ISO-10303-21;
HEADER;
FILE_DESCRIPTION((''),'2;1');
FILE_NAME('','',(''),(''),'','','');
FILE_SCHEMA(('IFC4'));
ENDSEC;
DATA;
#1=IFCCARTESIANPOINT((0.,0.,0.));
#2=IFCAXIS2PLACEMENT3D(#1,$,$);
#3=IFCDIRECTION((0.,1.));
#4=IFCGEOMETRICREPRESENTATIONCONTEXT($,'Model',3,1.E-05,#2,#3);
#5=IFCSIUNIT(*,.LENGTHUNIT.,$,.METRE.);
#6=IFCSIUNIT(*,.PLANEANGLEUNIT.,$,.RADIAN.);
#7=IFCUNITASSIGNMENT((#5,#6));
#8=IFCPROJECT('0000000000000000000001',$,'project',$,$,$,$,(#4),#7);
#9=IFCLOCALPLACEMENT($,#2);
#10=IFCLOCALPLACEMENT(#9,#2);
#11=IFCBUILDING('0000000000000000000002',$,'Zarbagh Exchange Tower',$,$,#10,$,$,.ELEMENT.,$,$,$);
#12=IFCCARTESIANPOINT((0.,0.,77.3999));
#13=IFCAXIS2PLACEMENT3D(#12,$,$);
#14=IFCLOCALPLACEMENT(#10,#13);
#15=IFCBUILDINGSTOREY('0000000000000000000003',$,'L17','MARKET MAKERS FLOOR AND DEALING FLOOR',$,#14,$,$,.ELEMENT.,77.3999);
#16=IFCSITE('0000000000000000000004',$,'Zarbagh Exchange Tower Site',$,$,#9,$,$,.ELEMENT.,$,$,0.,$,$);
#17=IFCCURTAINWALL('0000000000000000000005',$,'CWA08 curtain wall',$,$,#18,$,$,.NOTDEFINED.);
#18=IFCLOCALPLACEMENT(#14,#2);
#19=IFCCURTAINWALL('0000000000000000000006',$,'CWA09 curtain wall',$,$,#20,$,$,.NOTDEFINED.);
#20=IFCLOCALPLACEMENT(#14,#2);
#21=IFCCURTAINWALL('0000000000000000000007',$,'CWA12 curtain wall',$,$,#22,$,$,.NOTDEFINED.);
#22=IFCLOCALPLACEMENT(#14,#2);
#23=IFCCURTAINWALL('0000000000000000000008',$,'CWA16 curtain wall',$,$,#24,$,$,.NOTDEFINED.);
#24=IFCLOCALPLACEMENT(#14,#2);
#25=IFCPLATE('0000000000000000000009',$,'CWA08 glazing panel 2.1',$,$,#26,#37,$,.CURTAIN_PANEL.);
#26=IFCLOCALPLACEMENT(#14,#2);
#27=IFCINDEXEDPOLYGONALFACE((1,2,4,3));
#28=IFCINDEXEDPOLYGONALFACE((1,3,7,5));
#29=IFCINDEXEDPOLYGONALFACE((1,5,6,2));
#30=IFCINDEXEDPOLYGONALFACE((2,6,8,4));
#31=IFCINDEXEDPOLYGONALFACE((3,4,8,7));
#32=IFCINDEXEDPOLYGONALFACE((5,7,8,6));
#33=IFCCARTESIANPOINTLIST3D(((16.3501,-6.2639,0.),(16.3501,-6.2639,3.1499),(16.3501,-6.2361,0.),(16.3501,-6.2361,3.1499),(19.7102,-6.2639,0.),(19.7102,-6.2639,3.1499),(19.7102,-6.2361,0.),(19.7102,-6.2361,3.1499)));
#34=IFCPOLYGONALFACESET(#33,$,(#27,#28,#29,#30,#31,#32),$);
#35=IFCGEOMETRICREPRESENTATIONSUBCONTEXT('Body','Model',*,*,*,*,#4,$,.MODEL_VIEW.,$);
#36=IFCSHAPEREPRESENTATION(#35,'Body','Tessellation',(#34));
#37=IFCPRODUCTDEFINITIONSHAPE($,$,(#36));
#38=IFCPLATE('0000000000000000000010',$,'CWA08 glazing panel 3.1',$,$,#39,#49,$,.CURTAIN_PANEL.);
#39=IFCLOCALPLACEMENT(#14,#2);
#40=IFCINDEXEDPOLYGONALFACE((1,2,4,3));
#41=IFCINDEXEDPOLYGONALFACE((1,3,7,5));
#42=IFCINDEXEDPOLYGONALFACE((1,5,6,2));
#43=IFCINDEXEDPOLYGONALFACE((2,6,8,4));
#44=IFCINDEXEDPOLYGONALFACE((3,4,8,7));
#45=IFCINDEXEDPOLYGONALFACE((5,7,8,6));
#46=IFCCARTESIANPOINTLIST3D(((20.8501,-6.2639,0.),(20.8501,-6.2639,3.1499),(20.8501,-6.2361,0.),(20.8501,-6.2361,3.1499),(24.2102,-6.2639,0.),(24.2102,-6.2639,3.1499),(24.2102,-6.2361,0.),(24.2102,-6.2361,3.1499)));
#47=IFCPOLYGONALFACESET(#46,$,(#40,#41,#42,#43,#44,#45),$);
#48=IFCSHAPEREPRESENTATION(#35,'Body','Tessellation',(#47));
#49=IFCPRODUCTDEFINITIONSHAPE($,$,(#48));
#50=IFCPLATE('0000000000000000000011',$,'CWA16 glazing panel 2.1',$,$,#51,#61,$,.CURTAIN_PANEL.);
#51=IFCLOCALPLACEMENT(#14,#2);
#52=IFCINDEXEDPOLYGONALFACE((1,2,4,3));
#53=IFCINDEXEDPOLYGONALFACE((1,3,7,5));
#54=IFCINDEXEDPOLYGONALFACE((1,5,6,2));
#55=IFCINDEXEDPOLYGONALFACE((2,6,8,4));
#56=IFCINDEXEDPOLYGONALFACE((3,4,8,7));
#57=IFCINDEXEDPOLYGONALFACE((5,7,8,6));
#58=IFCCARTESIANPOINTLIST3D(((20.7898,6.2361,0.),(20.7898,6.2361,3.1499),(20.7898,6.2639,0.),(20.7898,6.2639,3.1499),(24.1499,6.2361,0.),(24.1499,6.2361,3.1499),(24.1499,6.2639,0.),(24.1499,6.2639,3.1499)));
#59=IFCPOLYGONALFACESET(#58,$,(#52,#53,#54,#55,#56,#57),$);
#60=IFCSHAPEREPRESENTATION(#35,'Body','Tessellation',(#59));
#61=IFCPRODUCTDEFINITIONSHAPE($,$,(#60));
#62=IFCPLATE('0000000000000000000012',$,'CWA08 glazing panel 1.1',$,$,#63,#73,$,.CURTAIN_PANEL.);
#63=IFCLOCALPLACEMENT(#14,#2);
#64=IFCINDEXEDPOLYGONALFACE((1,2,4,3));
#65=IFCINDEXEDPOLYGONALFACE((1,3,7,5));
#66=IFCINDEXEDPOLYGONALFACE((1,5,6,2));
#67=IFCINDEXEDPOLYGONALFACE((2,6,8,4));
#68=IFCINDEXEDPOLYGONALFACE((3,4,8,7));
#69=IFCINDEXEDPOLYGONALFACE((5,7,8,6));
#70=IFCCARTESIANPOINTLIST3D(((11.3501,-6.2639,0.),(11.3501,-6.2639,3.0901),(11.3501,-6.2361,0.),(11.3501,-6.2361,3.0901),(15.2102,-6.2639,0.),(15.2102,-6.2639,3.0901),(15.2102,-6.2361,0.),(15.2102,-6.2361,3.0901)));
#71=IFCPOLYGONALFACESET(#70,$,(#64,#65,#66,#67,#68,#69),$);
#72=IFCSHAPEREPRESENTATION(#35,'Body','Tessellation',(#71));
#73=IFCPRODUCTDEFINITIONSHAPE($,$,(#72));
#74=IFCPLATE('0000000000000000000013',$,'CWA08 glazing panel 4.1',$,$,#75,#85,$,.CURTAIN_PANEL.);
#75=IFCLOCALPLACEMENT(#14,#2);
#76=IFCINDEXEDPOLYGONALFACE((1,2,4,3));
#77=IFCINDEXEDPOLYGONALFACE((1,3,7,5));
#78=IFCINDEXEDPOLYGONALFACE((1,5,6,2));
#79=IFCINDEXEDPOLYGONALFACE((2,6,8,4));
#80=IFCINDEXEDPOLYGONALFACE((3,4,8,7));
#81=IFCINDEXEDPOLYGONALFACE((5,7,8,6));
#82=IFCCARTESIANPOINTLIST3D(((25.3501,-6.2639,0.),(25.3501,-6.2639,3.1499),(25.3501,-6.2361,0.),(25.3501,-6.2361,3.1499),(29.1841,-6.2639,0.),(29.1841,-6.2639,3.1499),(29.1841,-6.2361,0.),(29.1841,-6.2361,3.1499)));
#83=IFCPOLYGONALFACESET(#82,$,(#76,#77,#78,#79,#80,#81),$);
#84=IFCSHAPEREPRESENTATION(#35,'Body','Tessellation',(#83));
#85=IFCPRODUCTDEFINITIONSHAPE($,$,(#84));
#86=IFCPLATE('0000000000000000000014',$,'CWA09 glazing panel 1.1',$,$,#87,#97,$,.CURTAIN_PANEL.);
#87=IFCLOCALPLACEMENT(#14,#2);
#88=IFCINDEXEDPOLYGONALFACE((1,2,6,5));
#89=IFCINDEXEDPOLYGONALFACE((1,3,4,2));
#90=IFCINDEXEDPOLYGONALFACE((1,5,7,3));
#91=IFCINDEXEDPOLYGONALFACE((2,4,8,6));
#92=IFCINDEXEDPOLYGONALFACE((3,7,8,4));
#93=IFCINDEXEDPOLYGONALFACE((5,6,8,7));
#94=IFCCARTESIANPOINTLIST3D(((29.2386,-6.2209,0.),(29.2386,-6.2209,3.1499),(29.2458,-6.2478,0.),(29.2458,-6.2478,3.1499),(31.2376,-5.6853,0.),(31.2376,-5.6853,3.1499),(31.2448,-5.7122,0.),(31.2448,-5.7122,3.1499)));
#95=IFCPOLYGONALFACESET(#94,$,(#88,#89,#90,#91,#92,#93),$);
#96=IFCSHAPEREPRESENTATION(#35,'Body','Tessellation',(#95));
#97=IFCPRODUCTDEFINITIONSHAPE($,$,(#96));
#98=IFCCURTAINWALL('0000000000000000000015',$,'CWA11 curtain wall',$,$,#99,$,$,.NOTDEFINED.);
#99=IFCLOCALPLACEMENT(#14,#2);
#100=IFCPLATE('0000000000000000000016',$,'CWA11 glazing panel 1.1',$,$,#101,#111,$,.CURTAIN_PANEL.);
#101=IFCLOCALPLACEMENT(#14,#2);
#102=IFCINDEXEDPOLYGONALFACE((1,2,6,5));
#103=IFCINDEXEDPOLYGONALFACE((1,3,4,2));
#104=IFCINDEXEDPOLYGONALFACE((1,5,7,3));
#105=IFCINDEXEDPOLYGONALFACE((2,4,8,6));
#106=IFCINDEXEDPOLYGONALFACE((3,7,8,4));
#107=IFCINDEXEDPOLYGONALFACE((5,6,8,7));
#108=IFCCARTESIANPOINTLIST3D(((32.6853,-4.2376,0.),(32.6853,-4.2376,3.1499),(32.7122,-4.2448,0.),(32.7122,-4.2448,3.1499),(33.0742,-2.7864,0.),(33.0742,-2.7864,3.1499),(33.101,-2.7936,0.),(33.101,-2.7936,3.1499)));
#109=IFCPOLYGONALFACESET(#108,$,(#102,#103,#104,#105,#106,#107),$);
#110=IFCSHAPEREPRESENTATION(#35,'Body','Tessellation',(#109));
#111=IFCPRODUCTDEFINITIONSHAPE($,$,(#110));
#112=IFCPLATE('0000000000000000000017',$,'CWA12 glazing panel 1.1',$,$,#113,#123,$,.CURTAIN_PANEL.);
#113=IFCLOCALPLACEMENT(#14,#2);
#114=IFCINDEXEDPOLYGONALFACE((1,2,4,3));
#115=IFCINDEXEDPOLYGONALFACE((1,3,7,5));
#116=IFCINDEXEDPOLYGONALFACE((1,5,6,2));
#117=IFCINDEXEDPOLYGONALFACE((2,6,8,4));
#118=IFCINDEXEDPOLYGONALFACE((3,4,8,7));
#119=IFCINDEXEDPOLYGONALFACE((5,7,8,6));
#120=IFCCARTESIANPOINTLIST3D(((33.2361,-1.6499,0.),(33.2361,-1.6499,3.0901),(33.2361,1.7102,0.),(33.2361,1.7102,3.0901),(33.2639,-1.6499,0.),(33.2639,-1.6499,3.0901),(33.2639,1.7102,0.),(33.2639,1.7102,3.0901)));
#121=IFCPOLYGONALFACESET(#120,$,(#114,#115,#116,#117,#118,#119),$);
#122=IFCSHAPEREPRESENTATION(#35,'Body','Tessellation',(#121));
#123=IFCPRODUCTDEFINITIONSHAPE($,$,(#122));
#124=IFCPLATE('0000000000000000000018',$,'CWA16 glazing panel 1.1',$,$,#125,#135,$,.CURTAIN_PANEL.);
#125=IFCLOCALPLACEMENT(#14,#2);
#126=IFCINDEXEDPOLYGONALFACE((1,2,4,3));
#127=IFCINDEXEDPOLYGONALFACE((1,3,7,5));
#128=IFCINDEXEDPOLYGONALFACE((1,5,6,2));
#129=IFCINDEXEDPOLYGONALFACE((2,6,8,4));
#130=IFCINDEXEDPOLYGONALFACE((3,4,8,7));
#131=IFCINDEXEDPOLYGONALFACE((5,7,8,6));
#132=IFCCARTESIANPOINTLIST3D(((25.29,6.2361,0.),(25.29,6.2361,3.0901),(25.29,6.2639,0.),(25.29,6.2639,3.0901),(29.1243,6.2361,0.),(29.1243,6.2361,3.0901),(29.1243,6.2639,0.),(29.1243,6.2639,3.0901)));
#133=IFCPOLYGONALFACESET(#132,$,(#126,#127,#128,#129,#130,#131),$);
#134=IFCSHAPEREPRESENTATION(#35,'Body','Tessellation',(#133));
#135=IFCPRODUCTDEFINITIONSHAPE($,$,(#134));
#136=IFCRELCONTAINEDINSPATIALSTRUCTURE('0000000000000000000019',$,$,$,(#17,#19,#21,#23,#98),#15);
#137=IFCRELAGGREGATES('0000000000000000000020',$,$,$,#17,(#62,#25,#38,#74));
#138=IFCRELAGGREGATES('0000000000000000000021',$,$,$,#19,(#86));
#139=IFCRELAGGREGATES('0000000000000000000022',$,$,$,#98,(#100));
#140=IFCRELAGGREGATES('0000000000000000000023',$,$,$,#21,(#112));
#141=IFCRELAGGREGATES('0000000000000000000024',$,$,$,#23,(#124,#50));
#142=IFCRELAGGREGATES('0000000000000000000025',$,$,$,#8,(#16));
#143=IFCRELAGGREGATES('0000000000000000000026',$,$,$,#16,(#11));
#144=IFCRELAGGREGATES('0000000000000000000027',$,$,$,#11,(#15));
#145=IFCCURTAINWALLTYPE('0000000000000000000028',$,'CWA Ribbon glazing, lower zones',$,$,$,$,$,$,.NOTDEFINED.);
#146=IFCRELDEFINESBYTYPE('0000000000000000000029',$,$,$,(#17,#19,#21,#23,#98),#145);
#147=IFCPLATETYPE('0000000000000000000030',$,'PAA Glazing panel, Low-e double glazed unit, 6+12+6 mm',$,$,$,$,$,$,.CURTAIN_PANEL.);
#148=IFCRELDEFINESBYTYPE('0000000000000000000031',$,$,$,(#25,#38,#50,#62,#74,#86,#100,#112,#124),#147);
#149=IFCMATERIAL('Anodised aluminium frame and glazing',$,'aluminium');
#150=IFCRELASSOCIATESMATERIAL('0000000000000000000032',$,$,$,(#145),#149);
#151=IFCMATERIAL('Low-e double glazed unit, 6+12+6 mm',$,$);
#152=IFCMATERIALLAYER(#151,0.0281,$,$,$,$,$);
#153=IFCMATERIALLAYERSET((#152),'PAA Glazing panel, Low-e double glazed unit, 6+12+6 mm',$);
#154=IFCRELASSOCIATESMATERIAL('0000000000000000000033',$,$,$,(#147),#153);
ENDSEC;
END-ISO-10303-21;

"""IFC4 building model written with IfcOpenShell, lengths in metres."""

from ifc_helpers import new_model, si_unit, direction, frame, origin, place, context, subcontext, project, spatial, polyline, outline, extrude, source, transform, mapped, material, layer, layer_set, type_object, element, aggregate, save


model = new_model("IFC4")

# Units and contexts
model_context = context("Model", 3, precision=1e-05, world=origin(), true_north=direction((0.0, 1.0)))
body_context = subcontext(model_context, "Body", "Model", "MODEL_VIEW")
ifc_project = project(units=[si_unit("LENGTHUNIT", "METRE"), si_unit("PLANEANGLEUNIT", "RADIAN")], contexts=[model_context])

# Site, building, storey
site_placement = place(None, origin())
site = spatial("IfcSite", under=ifc_project, at=site_placement, Name="Zarbagh Exchange Tower Site", CompositionType="ELEMENT", RefElevation=0.0)
building_placement = place(site_placement, origin())
building = spatial("IfcBuilding", under=site, at=building_placement, Name="Zarbagh Exchange Tower", CompositionType="ELEMENT")
storey_placement = place(building_placement, frame((0.0, 0.0, 77.3999)))
storey = spatial("IfcBuildingStorey", under=building, at=storey_placement, Name="L17", Description="MARKET MAKERS FLOOR AND DEALING FLOOR", CompositionType="ELEMENT", Elevation=77.3999)

# Curtain wall
ifc_material_1 = material(Name="Anodised aluminium frame and glazing", Category="aluminium")
curtain_wall_type = type_object("IfcCurtainWallType", Name="CWA Ribbon glazing, lower zones", PredefinedType="NOTDEFINED", material=ifc_material_1)
curtain_wall_1_placement = place(storey_placement, origin())
curtain_wall_1 = element("IfcCurtainWall", 1, at=curtain_wall_1_placement, inside=storey, type_object=curtain_wall_type, Name="CWA08 curtain wall", PredefinedType="NOTDEFINED")
placement = place(storey_placement, origin())

# Curtain walls
curtain_wall_2_placement = place(storey_placement, origin())
curtain_wall_2 = element("IfcCurtainWall", 2, at=curtain_wall_2_placement, inside=storey, type_object=curtain_wall_type, Name="CWA09 curtain wall", PredefinedType="NOTDEFINED")
curtain_wall_3_placement = place(storey_placement, origin())
curtain_wall_3 = element("IfcCurtainWall", 3, at=curtain_wall_3_placement, inside=storey, type_object=curtain_wall_type, Name="CWA12 curtain wall", PredefinedType="NOTDEFINED")

# Curtain wall
curtain_wall_4_placement = place(storey_placement, origin())
curtain_wall_4 = element("IfcCurtainWall", 4, at=curtain_wall_4_placement, inside=storey, type_object=curtain_wall_type, Name="CWA16 curtain wall", PredefinedType="NOTDEFINED")

# Shared definitions
ifc_material_2 = material(Name="Low-e double glazed unit, 6+12+6 mm")
ifc_layer = layer(ifc_material_2, 0.0281)
ifc_layer_set = layer_set([ifc_layer], Name="PAA Glazing panel, Low-e double glazed unit, 6+12+6 mm")
plate_type = type_object("IfcPlateType", Name="PAA Glazing panel, Low-e double glazed unit, 6+12+6 mm", PredefinedType="CURTAIN_PANEL", material=ifc_layer_set)

# Plates
shared_shape_1 = source(origin(), body_context, "Body", "SweptSolid", [
    extrude(outline(polyline([(0.0, -0.0139), (3.3601, -0.0139), (3.3601, 0.0139), (0.0, 0.0139), (0.0, -0.0139)])), origin(), (0.0, 0.0, 1.0), 3.1499),
])
plate_1 = element("IfcPlate", 5, at=placement, type_object=plate_type, Name="CWA08 glazing panel 2.1", PredefinedType="CURTAIN_PANEL", context=body_context, shape_type="MappedRepresentation", body=[
    mapped(shared_shape_1, transform((16.3501, -6.25, 0.0), x_axis=(1.0, 0.0, 0.0), y_axis=(0.0, 1.0, 0.0), z_axis=(0.0, 0.0, 1.0))),
])
plate_2 = element("IfcPlate", 6, at=placement, type_object=plate_type, Name="CWA08 glazing panel 3.1", PredefinedType="CURTAIN_PANEL", context=body_context, shape_type="MappedRepresentation", body=[
    mapped(shared_shape_1, transform((20.8501, -6.25, 0.0), x_axis=(1.0, 0.0, 0.0), y_axis=(0.0, 1.0, 0.0), z_axis=(0.0, 0.0, 1.0))),
])
plate_3 = element("IfcPlate", 7, at=placement, type_object=plate_type, Name="CWA16 glazing panel 2.1", PredefinedType="CURTAIN_PANEL", context=body_context, shape_type="MappedRepresentation", body=[
    mapped(shared_shape_1, transform((24.1499, 6.25, 0.0), x_axis=(-1.0, 0.0, 0.0), y_axis=(0.0, -1.0, 0.0), z_axis=(0.0, 0.0, 1.0))),
])
shared_shape_2 = source(origin(), body_context, "Body", "SweptSolid", [
    extrude(outline(polyline([(0.0, -0.0139), (3.8601, -0.0139), (3.8601, 0.0139), (0.0, 0.0139), (0.0, -0.0139)])), origin(), (0.0, 0.0, 1.0), 3.0901),
])
plate_4 = element("IfcPlate", 8, at=placement, type_object=plate_type, Name="CWA08 glazing panel 1.1", PredefinedType="CURTAIN_PANEL", context=body_context, shape_type="MappedRepresentation", body=[
    mapped(shared_shape_2, transform((11.3501, -6.25, 0.0), x_axis=(1.0, 0.0, 0.0), y_axis=(0.0, 1.0, 0.0), z_axis=(0.0, 0.0, 1.0))),
])
shared_shape_3 = source(origin(), body_context, "Body", "SweptSolid", [
    extrude(outline(polyline([(0.0, -0.0139), (3.834, -0.0139), (3.834, 0.0139), (0.0, 0.0139), (0.0, -0.0139)])), origin(), (0.0, 0.0, 1.0), 3.1499),
])
plate_5 = element("IfcPlate", 9, at=placement, type_object=plate_type, Name="CWA08 glazing panel 4.1", PredefinedType="CURTAIN_PANEL", context=body_context, shape_type="MappedRepresentation", body=[
    mapped(shared_shape_3, transform((25.3501, -6.25, 0.0), x_axis=(1.0, 0.0, 0.0), y_axis=(0.0, 1.0, 0.0), z_axis=(0.0, 0.0, 1.0))),
])
aggregate(curtain_wall_1, [plate_4, plate_1, plate_2, plate_5])
shared_shape_4 = source(origin(), body_context, "Body", "SweptSolid", [
    extrude(outline(polyline([(0.0, -0.0139), (2.0696, -0.0139), (2.0696, 0.0139), (0.0, 0.0139), (0.0, -0.0139)])), origin(), (0.0, 0.0, 1.0), 3.1499),
])
plate_6 = element("IfcPlate", 10, at=placement, type_object=plate_type, Name="CWA09 glazing panel 1.1", PredefinedType="CURTAIN_PANEL", context=body_context, shape_type="MappedRepresentation", body=[
    mapped(shared_shape_4, transform((29.2422, -6.2344, 0.0), x_axis=(0.965924, 0.258825, 0.0), y_axis=(-0.258825, 0.965924, 0.0), z_axis=(0.0, 0.0, 1.0))),
])
aggregate(curtain_wall_2, [plate_6])

# Curtain wall, plate
curtain_wall_5_placement = place(storey_placement, origin())
curtain_wall_5 = element("IfcCurtainWall", 11, at=curtain_wall_5_placement, inside=storey, type_object=curtain_wall_type, Name="CWA11 curtain wall", PredefinedType="NOTDEFINED")
shared_shape_5 = source(origin(), body_context, "Body", "SweptSolid", [
    extrude(outline(polyline([(0.0, -0.0139), (1.5024, -0.0139), (1.5024, 0.0139), (0.0, 0.0139), (0.0, -0.0139)])), origin(), (0.0, 0.0, 1.0), 3.1499),
])
plate_7 = element("IfcPlate", 12, at=placement, type_object=plate_type, Name="CWA11 glazing panel 1.1", PredefinedType="CURTAIN_PANEL", context=body_context, shape_type="MappedRepresentation", body=[
    mapped(shared_shape_5, transform((32.6987, -4.2412, 0.0), x_axis=(0.258825, 0.965924, 0.0), y_axis=(-0.965924, 0.258825, 0.0), z_axis=(0.0, 0.0, 1.0))),
])
aggregate(curtain_wall_5, [plate_7])

# Plates
shared_shape_6 = source(origin(), body_context, "Body", "SweptSolid", [
    extrude(outline(polyline([(0.0, -0.0139), (3.3601, -0.0139), (3.3601, 0.0139), (0.0, 0.0139), (0.0, -0.0139)])), origin(), (0.0, 0.0, 1.0), 3.0901),
])
plate_8 = element("IfcPlate", 13, at=placement, type_object=plate_type, Name="CWA12 glazing panel 1.1", PredefinedType="CURTAIN_PANEL", context=body_context, shape_type="MappedRepresentation", body=[
    mapped(shared_shape_6, transform((33.25, -1.6499, 0.0), x_axis=(0.0, 1.0, 0.0), y_axis=(-1.0, 0.0, 0.0), z_axis=(0.0, 0.0, 1.0))),
])
aggregate(curtain_wall_3, [plate_8])
shared_shape_7 = source(origin(), body_context, "Body", "SweptSolid", [
    extrude(outline(polyline([(0.0, -0.0139), (3.8342, -0.0139), (3.8342, 0.0139), (0.0, 0.0139), (0.0, -0.0139)])), origin(), (0.0, 0.0, 1.0), 3.0901),
])
plate_9 = element("IfcPlate", 14, at=placement, type_object=plate_type, Name="CWA16 glazing panel 1.1", PredefinedType="CURTAIN_PANEL", context=body_context, shape_type="MappedRepresentation", body=[
    mapped(shared_shape_7, transform((29.1243, 6.25, 0.0), x_axis=(-1.0, 0.0, 0.0), y_axis=(0.0, -1.0, 0.0), z_axis=(0.0, 0.0, 1.0))),
])
aggregate(curtain_wall_4, [plate_9, plate_3])

save(model, "model.ifc")
